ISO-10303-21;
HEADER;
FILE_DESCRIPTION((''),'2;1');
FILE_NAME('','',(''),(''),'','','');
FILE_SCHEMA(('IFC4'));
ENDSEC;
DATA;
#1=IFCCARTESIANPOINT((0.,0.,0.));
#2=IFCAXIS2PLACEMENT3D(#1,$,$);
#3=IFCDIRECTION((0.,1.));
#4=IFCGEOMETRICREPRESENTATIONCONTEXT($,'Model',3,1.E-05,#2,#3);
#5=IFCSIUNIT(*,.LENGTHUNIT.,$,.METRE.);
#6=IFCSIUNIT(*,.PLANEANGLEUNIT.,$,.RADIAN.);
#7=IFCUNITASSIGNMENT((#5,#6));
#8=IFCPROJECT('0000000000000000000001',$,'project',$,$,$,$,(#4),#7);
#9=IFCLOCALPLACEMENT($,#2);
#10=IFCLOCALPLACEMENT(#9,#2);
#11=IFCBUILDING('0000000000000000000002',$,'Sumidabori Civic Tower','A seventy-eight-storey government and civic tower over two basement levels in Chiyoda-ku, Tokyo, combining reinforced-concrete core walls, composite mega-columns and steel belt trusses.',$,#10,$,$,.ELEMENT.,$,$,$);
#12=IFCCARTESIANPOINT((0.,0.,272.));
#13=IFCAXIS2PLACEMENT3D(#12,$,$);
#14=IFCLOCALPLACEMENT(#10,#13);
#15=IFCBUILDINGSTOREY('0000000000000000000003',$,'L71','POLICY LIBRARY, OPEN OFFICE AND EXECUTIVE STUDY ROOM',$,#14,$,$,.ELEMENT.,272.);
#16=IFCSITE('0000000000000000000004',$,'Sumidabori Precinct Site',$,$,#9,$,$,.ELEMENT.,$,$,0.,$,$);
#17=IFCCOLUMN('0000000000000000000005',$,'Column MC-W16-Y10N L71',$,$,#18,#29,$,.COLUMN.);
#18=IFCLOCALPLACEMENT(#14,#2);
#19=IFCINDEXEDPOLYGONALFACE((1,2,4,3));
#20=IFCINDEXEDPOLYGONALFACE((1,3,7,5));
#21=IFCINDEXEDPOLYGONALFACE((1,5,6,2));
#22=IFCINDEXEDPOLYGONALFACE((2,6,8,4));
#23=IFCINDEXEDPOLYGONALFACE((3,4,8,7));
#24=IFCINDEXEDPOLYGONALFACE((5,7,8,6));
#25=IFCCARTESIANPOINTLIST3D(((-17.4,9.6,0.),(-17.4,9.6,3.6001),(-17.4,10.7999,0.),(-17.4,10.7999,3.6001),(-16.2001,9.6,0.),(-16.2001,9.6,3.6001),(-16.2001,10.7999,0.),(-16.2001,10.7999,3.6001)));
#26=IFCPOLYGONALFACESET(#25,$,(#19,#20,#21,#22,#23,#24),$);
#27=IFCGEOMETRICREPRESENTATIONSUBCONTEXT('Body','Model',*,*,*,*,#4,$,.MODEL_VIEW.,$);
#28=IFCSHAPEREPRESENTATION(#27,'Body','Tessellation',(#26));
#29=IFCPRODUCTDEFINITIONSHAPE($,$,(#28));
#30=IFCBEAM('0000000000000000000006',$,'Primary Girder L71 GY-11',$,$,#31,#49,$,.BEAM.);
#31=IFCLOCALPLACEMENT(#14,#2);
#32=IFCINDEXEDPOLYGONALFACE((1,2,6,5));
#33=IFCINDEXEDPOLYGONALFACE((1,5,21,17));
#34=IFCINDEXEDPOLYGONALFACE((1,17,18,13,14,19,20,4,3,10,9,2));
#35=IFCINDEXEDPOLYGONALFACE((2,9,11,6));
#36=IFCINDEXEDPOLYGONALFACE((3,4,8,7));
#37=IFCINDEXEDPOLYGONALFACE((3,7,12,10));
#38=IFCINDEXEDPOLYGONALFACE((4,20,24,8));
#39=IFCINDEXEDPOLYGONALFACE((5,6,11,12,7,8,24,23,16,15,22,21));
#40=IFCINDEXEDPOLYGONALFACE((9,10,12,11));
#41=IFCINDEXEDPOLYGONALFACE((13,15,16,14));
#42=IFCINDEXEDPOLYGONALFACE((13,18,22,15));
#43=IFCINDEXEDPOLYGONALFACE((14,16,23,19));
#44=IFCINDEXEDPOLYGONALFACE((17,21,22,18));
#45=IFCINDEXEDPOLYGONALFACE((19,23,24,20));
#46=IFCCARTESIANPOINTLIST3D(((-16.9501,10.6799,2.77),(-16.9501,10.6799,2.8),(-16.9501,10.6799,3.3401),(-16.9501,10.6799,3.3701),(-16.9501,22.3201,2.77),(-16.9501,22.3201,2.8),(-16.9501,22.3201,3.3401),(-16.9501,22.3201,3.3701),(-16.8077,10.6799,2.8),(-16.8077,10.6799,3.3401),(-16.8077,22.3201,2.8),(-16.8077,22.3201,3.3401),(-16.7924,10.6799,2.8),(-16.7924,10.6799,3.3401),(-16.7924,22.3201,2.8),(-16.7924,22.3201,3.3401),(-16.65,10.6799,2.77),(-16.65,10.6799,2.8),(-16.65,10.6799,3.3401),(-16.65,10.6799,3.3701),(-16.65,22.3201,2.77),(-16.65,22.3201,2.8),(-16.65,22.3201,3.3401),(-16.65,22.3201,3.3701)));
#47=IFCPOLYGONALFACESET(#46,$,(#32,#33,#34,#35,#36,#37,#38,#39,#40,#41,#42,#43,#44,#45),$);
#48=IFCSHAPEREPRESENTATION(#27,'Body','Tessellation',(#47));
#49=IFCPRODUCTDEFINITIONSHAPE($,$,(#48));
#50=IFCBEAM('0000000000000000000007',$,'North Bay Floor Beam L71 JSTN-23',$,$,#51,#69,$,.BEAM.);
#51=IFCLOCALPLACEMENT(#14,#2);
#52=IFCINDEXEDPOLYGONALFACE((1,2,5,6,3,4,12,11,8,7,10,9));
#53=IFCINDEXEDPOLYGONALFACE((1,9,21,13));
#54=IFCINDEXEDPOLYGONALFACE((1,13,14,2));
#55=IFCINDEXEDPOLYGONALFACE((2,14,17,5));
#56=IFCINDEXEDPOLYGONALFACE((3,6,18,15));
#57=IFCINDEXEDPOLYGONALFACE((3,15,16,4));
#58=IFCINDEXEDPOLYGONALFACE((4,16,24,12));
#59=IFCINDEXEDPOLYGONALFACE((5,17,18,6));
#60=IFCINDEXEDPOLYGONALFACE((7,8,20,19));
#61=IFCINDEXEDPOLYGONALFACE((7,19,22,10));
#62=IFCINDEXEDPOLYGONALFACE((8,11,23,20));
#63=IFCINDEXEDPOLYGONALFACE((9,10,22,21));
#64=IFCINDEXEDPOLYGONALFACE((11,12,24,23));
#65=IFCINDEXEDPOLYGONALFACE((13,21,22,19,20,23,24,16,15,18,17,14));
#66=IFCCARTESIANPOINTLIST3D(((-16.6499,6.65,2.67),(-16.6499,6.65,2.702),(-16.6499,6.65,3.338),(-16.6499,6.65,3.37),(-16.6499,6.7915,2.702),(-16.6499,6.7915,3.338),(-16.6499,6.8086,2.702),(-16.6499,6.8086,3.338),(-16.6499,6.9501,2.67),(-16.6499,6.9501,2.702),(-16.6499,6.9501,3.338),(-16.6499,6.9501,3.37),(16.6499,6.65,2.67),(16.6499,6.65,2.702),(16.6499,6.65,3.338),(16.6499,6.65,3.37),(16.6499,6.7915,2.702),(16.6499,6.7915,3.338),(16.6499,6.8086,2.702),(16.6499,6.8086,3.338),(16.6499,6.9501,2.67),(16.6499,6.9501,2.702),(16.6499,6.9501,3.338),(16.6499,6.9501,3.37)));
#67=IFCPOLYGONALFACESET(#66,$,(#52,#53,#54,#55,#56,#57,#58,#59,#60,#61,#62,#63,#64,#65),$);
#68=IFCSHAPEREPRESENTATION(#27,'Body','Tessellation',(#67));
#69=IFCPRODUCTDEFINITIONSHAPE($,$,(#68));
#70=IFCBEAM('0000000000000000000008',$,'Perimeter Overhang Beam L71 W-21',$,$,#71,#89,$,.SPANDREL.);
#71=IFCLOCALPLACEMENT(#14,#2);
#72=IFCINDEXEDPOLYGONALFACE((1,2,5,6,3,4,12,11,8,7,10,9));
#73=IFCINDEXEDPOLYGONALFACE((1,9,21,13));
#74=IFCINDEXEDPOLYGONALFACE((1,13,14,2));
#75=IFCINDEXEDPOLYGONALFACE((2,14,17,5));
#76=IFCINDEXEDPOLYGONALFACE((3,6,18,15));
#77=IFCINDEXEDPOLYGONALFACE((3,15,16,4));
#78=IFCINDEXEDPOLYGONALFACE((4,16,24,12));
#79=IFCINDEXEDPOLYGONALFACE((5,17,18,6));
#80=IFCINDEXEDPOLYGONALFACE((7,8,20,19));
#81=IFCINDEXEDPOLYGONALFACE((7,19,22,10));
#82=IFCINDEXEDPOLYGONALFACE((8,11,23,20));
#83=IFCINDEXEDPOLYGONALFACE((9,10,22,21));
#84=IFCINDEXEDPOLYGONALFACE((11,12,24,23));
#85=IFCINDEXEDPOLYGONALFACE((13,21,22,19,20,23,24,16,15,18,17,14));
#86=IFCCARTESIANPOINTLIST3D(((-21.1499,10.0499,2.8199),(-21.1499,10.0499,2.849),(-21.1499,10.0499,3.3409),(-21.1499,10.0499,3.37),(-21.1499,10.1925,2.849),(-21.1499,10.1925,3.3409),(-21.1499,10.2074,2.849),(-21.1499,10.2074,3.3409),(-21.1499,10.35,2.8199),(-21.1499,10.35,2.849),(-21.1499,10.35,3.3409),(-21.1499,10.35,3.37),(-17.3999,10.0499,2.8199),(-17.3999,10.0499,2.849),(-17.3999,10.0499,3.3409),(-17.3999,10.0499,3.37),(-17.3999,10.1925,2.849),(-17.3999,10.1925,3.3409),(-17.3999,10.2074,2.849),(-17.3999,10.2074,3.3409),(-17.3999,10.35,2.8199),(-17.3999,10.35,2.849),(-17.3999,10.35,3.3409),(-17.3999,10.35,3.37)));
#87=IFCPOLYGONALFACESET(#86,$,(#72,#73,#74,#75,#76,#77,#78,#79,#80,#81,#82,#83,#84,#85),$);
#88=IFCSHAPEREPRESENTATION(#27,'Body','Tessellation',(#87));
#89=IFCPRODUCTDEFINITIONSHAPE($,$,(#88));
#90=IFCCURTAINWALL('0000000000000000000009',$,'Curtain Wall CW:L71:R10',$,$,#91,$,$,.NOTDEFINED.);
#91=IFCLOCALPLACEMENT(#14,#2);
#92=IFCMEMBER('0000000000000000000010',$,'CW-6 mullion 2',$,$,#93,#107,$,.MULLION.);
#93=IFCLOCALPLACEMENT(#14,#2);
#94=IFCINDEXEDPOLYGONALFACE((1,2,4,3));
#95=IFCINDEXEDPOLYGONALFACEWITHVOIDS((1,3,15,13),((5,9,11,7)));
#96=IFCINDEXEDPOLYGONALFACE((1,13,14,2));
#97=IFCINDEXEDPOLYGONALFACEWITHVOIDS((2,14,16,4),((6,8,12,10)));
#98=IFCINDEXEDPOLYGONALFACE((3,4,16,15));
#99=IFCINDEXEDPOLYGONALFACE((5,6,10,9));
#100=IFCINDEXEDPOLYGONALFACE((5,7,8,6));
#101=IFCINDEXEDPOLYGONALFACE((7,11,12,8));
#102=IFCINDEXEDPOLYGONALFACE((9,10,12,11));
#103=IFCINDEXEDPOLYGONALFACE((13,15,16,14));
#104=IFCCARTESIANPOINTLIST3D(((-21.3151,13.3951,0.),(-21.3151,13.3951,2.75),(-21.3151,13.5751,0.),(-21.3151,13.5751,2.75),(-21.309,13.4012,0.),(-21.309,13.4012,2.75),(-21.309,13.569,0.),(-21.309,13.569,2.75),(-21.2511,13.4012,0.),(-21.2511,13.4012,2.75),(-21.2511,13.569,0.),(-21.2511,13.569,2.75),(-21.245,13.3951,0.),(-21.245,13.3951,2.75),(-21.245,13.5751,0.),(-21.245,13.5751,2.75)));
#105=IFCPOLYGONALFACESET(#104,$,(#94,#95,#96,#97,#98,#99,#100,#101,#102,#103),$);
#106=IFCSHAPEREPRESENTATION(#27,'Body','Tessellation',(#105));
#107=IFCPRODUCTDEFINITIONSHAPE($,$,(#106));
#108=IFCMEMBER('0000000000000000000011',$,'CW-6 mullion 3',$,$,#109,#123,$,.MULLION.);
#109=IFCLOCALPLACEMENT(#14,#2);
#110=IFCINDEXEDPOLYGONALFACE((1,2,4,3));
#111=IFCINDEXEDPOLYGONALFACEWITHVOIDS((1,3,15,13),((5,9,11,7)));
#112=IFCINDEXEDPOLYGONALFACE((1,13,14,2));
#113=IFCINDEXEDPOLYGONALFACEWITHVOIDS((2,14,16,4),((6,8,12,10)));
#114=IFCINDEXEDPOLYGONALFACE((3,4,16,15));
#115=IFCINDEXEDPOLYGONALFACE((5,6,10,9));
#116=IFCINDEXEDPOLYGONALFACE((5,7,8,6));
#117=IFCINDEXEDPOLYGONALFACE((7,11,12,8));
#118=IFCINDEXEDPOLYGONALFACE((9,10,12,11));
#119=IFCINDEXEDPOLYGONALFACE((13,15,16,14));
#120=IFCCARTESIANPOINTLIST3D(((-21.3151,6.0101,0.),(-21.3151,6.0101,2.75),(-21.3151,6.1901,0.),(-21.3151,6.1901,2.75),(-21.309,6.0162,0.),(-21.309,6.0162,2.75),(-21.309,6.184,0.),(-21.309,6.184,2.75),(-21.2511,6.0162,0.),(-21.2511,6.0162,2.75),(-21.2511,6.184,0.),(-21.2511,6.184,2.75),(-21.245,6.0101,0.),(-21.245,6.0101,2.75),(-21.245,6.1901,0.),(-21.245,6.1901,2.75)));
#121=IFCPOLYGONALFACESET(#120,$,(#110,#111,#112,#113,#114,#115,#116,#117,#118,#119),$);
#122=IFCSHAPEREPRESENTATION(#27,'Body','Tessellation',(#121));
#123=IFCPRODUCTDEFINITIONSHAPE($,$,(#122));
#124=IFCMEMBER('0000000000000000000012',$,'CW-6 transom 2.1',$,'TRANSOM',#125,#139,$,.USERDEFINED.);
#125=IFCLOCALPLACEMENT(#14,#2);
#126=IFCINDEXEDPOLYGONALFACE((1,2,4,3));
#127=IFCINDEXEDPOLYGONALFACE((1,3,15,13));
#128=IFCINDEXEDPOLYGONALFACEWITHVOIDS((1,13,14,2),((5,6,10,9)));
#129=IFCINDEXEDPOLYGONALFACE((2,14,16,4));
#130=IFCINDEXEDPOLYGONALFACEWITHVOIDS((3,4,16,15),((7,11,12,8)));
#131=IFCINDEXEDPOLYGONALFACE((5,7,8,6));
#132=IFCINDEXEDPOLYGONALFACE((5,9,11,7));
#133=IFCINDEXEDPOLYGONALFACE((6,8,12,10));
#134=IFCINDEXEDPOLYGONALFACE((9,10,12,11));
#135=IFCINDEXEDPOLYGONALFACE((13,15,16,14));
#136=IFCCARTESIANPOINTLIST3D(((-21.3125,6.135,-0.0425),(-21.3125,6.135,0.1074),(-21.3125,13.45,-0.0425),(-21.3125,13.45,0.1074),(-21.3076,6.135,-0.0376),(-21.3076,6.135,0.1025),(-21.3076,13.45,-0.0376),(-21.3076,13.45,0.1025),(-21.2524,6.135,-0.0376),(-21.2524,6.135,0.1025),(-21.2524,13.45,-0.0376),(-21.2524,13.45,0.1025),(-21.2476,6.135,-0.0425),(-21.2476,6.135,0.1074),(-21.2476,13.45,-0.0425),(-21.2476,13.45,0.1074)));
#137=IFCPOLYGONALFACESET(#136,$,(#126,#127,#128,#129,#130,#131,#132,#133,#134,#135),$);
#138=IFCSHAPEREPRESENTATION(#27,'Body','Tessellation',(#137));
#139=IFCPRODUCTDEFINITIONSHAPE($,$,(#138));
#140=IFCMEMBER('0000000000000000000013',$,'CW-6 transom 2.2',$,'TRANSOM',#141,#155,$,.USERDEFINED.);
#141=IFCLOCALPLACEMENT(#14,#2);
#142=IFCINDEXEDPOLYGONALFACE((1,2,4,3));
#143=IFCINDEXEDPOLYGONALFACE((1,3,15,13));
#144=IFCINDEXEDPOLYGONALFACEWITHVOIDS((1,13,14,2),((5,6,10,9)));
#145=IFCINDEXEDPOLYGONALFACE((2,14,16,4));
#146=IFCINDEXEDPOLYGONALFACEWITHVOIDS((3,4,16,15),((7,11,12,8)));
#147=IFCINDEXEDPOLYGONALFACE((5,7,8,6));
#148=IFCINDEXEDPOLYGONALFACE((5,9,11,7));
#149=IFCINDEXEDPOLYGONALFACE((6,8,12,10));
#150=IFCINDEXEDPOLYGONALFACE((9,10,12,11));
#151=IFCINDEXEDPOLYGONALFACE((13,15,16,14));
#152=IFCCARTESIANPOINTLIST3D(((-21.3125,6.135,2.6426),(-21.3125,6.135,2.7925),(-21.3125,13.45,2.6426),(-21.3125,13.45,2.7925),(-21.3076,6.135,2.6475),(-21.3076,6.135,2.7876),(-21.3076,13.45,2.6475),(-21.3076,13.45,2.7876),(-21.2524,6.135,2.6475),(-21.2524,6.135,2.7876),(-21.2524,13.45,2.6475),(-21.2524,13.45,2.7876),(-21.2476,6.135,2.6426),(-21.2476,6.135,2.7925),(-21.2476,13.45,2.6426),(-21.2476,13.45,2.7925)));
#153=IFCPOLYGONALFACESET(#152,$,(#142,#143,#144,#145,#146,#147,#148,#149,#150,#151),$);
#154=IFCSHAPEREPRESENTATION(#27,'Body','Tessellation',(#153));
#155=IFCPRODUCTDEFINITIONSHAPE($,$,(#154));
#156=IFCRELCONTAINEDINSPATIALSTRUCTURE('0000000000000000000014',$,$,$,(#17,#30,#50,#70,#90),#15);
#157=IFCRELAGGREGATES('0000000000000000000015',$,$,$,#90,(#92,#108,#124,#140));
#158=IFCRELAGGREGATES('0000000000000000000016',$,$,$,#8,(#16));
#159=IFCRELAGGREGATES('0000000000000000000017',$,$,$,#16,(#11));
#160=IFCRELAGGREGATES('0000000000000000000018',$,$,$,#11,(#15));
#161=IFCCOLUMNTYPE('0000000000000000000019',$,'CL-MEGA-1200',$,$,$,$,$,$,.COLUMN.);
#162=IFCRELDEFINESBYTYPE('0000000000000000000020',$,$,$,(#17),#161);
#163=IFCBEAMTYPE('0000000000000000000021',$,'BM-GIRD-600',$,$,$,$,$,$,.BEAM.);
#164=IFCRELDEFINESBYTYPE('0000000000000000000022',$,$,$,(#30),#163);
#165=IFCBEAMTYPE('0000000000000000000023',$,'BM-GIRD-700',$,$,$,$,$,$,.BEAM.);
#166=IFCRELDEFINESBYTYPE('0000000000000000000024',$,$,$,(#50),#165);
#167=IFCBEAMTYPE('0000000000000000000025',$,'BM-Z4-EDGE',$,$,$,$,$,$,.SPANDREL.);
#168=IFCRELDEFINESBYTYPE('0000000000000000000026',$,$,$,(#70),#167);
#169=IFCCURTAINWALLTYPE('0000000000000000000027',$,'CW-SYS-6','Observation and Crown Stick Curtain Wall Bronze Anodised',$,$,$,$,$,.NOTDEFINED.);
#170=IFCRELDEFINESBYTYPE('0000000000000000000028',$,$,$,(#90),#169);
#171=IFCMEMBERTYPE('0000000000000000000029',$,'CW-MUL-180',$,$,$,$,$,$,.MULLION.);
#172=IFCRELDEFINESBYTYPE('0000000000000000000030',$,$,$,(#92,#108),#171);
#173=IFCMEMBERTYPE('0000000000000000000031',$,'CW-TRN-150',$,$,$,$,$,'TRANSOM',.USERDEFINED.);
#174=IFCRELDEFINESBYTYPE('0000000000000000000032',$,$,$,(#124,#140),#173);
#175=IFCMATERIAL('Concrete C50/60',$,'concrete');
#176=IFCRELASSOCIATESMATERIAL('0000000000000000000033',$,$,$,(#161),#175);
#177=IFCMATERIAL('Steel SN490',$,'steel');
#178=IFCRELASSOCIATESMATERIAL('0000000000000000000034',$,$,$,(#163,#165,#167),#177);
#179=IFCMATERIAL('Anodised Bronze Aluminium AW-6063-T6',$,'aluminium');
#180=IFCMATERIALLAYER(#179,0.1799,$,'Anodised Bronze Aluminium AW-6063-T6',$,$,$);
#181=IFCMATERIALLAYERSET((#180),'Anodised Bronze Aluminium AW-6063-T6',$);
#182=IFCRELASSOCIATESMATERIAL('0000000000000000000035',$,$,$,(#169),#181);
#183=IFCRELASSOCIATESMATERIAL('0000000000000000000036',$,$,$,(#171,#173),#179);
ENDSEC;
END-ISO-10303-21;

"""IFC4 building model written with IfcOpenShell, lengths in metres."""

from ifc_helpers import new_model, si_unit, direction, frame, origin, origin_2d, place, context, subcontext, project, spatial, rectangle, hollow_rectangle, i_section, extrude, source, transform, mapped, material, layer, layer_set, material_profile, profile_set, type_object, element, aggregate, save


model = new_model("IFC4")

# Units and contexts
model_context = context("Model", 3, precision=1e-05, world=origin(), true_north=direction((0.0, 1.0)))
body_context = subcontext(model_context, "Body", "Model", "MODEL_VIEW")
ifc_project = project(units=[si_unit("LENGTHUNIT", "METRE"), si_unit("PLANEANGLEUNIT", "RADIAN")], contexts=[model_context])

# Site, building, storey
site_placement = place(None, origin())
site = spatial("IfcSite", under=ifc_project, at=site_placement, Name="Sumidabori Precinct Site", CompositionType="ELEMENT", RefElevation=0.0)
building_placement = place(site_placement, origin())
building = spatial("IfcBuilding", under=site, at=building_placement, Name="Sumidabori Civic Tower", Description="A seventy-eight-storey government and civic tower over two basement levels in Chiyoda-ku, Tokyo, combining reinforced-concrete core walls, composite mega-columns and steel belt trusses.", CompositionType="ELEMENT")
storey_placement = place(building_placement, frame((0.0, 0.0, 272.0)))
storey = spatial("IfcBuildingStorey", under=building, at=storey_placement, Name="L71", Description="POLICY LIBRARY, OPEN OFFICE AND EXECUTIVE STUDY ROOM", CompositionType="ELEMENT", Elevation=272.0)

# Column
ifc_material_1 = material(Name="Concrete C50/60", Category="concrete")
ifc_material_profile_1 = material_profile(ifc_material_1, rectangle(XDim=1.2, YDim=1.2, at=origin_2d()), Name="RC 1200x1200")
ifc_profile_set_1 = profile_set([ifc_material_profile_1], Name="Concrete C50/60")
column_type = type_object("IfcColumnType", Name="CL-MEGA-1200", PredefinedType="COLUMN", material=ifc_profile_set_1)
shared_shape_1 = source(origin(), body_context, "Body", "SweptSolid", [
    extrude(rectangle(XDim=1.2, YDim=1.2, at=origin_2d()), origin(), (0.0, 0.0, 1.0), 3.6001),
])
column_placement = place(storey_placement, frame((-16.8, 10.2, 0.0), z_axis=(0.0, 0.0, 1.0), x_axis=(1.0, 0.0, 0.0)))
element("IfcColumn", 1, at=column_placement, inside=storey, type_object=column_type, Name="Column MC-W16-Y10N L71", PredefinedType="COLUMN", context=body_context, shape_type="MappedRepresentation", body=[
    mapped(shared_shape_1, transform((0.0, 0.0, 0.0), x_axis=(1.0, 0.0, 0.0), y_axis=(0.0, 1.0, 0.0), z_axis=(0.0, 0.0, 1.0), scale=1.0)),
])

# Beams
ifc_material_2 = material(Name="Steel SN490", Category="steel")
ifc_material_profile_2 = material_profile(ifc_material_2, i_section(OverallWidth=0.3, OverallDepth=0.6001, WebThickness=0.0154, FlangeThickness=0.03, at=origin_2d()), Name="HE 600 B")
ifc_profile_set_2 = profile_set([ifc_material_profile_2], Name="Steel SN490")
beam_type_1 = type_object("IfcBeamType", Name="BM-GIRD-600", PredefinedType="BEAM", material=ifc_profile_set_2)
shared_shape_2 = source(origin(), body_context, "Body", "SweptSolid", [
    extrude(i_section(OverallWidth=0.3, OverallDepth=0.6001, WebThickness=0.0154, FlangeThickness=0.03, at=origin_2d()), origin(), (0.0, 0.0, 1.0), 11.6401),
])
beam_1_placement = place(storey_placement, frame((-16.8, 10.6799, 3.0701), z_axis=(0.0, 1.0, 0.0), x_axis=(-1.0, 0.0, 0.0)))
element("IfcBeam", 2, at=beam_1_placement, inside=storey, type_object=beam_type_1, Name="Primary Girder L71 GY-11", PredefinedType="BEAM", context=body_context, shape_type="MappedRepresentation", body=[
    mapped(shared_shape_2, transform((0.0, 0.0, 0.0), x_axis=(1.0, 0.0, 0.0), y_axis=(0.0, 1.0, 0.0), z_axis=(0.0, 0.0, 1.0), scale=1.0)),
])
ifc_material_profile_3 = material_profile(ifc_material_2, i_section(OverallWidth=0.3, OverallDepth=0.7, WebThickness=0.0171, FlangeThickness=0.032, at=origin_2d()), Name="HE 700 B")
ifc_profile_set_3 = profile_set([ifc_material_profile_3], Name="Steel SN490")
beam_type_2 = type_object("IfcBeamType", Name="BM-GIRD-700", PredefinedType="BEAM", material=ifc_profile_set_3)
shared_shape_3 = source(origin(), body_context, "Body", "SweptSolid", [
    extrude(i_section(OverallWidth=0.3, OverallDepth=0.7, WebThickness=0.0171, FlangeThickness=0.032, at=origin_2d()), origin(), (0.0, 0.0, 1.0), 33.2998),
])
beam_2_placement = place(storey_placement, frame((-16.6499, 6.8, 3.02), z_axis=(1.0, 0.0, 0.0), x_axis=(0.0, 1.0, 0.0)))
element("IfcBeam", 3, at=beam_2_placement, inside=storey, type_object=beam_type_2, Name="North Bay Floor Beam L71 JSTN-23", PredefinedType="BEAM", context=body_context, shape_type="MappedRepresentation", body=[
    mapped(shared_shape_3, transform((0.0, 0.0, 0.0), x_axis=(1.0, 0.0, 0.0), y_axis=(0.0, 1.0, 0.0), z_axis=(0.0, 0.0, 1.0), scale=1.0)),
])
ifc_material_profile_4 = material_profile(ifc_material_2, i_section(OverallWidth=0.3, OverallDepth=0.55, WebThickness=0.0149, FlangeThickness=0.0291, at=origin_2d()), Name="HE 550 B")
ifc_profile_set_4 = profile_set([ifc_material_profile_4], Name="Steel SN490")
beam_type_3 = type_object("IfcBeamType", Name="BM-Z4-EDGE", PredefinedType="SPANDREL", material=ifc_profile_set_4)
shared_shape_4 = source(origin(), body_context, "Body", "SweptSolid", [
    extrude(i_section(OverallWidth=0.3, OverallDepth=0.55, WebThickness=0.0149, FlangeThickness=0.0291, at=origin_2d()), origin(), (0.0, 0.0, 1.0), 3.75),
])
beam_3_placement = place(storey_placement, frame((-21.1499, 10.2, 3.095), z_axis=(1.0, 0.0, 0.0), x_axis=(0.0, 1.0, 0.0)))
element("IfcBeam", 4, at=beam_3_placement, inside=storey, type_object=beam_type_3, Name="Perimeter Overhang Beam L71 W-21", PredefinedType="SPANDREL", context=body_context, shape_type="MappedRepresentation", body=[
    mapped(shared_shape_4, transform((0.0, 0.0, 0.0), x_axis=(1.0, 0.0, 0.0), y_axis=(0.0, 1.0, 0.0), z_axis=(0.0, 0.0, 1.0), scale=1.0)),
])

# Curtain wall, members
ifc_material_3 = material(Name="Anodised Bronze Aluminium AW-6063-T6", Category="aluminium")
ifc_layer_1 = layer(ifc_material_3, 0.1799, Name="Anodised Bronze Aluminium AW-6063-T6")
ifc_layer_set_1 = layer_set([ifc_layer_1], Name="Anodised Bronze Aluminium AW-6063-T6")
curtain_wall_type = type_object("IfcCurtainWallType", Name="CW-SYS-6", Description="Observation and Crown Stick Curtain Wall Bronze Anodised", PredefinedType="NOTDEFINED", material=ifc_layer_set_1)
curtain_wall_placement = place(storey_placement, origin())
curtain_wall = element("IfcCurtainWall", 5, at=curtain_wall_placement, inside=storey, type_object=curtain_wall_type, Name="Curtain Wall CW:L71:R10", PredefinedType="NOTDEFINED")
ifc_material_profile_5 = material_profile(ifc_material_3, hollow_rectangle(XDim=0.0701, YDim=0.1799, WallThickness=0.0061, at=origin_2d()), Name="ALU MULLION 180x70")
ifc_profile_set_5 = profile_set([ifc_material_profile_5], Name="Anodised Bronze Aluminium AW-6063-T6")
member_type_1 = type_object("IfcMemberType", Name="CW-MUL-180", PredefinedType="MULLION", material=ifc_profile_set_5)
shared_shape_5 = source(origin(), body_context, "Body", "SweptSolid", [
    extrude(hollow_rectangle(XDim=0.0701, YDim=0.1799, WallThickness=0.0061, at=origin_2d()), origin(), (0.0, 0.0, 1.0), 2.75),
])
member_1_placement = place(storey_placement, frame((-21.28, 13.4851, 0.0), z_axis=(0.0, 0.0, 1.0), x_axis=(1.0, 0.0, 0.0)))
member_1 = element("IfcMember", 6, at=member_1_placement, type_object=member_type_1, Name="CW-6 mullion 2", PredefinedType="MULLION", context=body_context, shape_type="MappedRepresentation", body=[
    mapped(shared_shape_5, transform((0.0, 0.0, 0.0), x_axis=(1.0, 0.0, 0.0), y_axis=(0.0, 1.0, 0.0), z_axis=(0.0, 0.0, 1.0), scale=1.0)),
])
member_2_placement = place(storey_placement, frame((-21.28, 6.1001, 0.0), z_axis=(0.0, 0.0, 1.0), x_axis=(1.0, 0.0, 0.0)))
member_2 = element("IfcMember", 7, at=member_2_placement, type_object=member_type_1, Name="CW-6 mullion 3", PredefinedType="MULLION", context=body_context, shape_type="MappedRepresentation", body=[
    mapped(shared_shape_5, transform((0.0, 0.0, 0.0), x_axis=(1.0, 0.0, 0.0), y_axis=(0.0, 1.0, 0.0), z_axis=(0.0, 0.0, 1.0), scale=1.0)),
])
ifc_material_profile_6 = material_profile(ifc_material_3, hollow_rectangle(XDim=0.0649, YDim=0.1499, WallThickness=0.0049, at=origin_2d()), Name="ALU TRANSOM 150x65")
ifc_profile_set_6 = profile_set([ifc_material_profile_6], Name="Anodised Bronze Aluminium AW-6063-T6")
member_type_2 = type_object("IfcMemberType", Name="CW-TRN-150", ElementType="TRANSOM", PredefinedType="USERDEFINED", material=ifc_profile_set_6)
shared_shape_6 = source(origin(), body_context, "Body", "SweptSolid", [
    extrude(hollow_rectangle(XDim=0.0649, YDim=0.1499, WallThickness=0.0049, at=origin_2d()), origin(), (0.0, 0.0, 1.0), 7.3149),
])
member_3_placement = place(storey_placement, frame((-21.28, 13.45, 0.0325), z_axis=(0.0, -1.0, 0.0), x_axis=(1.0, 0.0, 0.0)))
member_3 = element("IfcMember", 8, at=member_3_placement, type_object=member_type_2, Name="CW-6 transom 2.1", ObjectType="TRANSOM", PredefinedType="USERDEFINED", context=body_context, shape_type="MappedRepresentation", body=[
    mapped(shared_shape_6, transform((0.0, 0.0, 0.0), x_axis=(1.0, 0.0, 0.0), y_axis=(0.0, 1.0, 0.0), z_axis=(0.0, 0.0, 1.0), scale=1.0)),
])
member_4_placement = place(storey_placement, frame((-21.28, 13.45, 2.7175), z_axis=(0.0, -1.0, 0.0), x_axis=(1.0, 0.0, 0.0)))
member_4 = element("IfcMember", 9, at=member_4_placement, type_object=member_type_2, Name="CW-6 transom 2.2", ObjectType="TRANSOM", PredefinedType="USERDEFINED", context=body_context, shape_type="MappedRepresentation", body=[
    mapped(shared_shape_6, transform((0.0, 0.0, 0.0), x_axis=(1.0, 0.0, 0.0), y_axis=(0.0, 1.0, 0.0), z_axis=(0.0, 0.0, 1.0), scale=1.0)),
])
aggregate(curtain_wall, [member_1, member_2, member_3, member_4])

save(model, "model.ifc")
